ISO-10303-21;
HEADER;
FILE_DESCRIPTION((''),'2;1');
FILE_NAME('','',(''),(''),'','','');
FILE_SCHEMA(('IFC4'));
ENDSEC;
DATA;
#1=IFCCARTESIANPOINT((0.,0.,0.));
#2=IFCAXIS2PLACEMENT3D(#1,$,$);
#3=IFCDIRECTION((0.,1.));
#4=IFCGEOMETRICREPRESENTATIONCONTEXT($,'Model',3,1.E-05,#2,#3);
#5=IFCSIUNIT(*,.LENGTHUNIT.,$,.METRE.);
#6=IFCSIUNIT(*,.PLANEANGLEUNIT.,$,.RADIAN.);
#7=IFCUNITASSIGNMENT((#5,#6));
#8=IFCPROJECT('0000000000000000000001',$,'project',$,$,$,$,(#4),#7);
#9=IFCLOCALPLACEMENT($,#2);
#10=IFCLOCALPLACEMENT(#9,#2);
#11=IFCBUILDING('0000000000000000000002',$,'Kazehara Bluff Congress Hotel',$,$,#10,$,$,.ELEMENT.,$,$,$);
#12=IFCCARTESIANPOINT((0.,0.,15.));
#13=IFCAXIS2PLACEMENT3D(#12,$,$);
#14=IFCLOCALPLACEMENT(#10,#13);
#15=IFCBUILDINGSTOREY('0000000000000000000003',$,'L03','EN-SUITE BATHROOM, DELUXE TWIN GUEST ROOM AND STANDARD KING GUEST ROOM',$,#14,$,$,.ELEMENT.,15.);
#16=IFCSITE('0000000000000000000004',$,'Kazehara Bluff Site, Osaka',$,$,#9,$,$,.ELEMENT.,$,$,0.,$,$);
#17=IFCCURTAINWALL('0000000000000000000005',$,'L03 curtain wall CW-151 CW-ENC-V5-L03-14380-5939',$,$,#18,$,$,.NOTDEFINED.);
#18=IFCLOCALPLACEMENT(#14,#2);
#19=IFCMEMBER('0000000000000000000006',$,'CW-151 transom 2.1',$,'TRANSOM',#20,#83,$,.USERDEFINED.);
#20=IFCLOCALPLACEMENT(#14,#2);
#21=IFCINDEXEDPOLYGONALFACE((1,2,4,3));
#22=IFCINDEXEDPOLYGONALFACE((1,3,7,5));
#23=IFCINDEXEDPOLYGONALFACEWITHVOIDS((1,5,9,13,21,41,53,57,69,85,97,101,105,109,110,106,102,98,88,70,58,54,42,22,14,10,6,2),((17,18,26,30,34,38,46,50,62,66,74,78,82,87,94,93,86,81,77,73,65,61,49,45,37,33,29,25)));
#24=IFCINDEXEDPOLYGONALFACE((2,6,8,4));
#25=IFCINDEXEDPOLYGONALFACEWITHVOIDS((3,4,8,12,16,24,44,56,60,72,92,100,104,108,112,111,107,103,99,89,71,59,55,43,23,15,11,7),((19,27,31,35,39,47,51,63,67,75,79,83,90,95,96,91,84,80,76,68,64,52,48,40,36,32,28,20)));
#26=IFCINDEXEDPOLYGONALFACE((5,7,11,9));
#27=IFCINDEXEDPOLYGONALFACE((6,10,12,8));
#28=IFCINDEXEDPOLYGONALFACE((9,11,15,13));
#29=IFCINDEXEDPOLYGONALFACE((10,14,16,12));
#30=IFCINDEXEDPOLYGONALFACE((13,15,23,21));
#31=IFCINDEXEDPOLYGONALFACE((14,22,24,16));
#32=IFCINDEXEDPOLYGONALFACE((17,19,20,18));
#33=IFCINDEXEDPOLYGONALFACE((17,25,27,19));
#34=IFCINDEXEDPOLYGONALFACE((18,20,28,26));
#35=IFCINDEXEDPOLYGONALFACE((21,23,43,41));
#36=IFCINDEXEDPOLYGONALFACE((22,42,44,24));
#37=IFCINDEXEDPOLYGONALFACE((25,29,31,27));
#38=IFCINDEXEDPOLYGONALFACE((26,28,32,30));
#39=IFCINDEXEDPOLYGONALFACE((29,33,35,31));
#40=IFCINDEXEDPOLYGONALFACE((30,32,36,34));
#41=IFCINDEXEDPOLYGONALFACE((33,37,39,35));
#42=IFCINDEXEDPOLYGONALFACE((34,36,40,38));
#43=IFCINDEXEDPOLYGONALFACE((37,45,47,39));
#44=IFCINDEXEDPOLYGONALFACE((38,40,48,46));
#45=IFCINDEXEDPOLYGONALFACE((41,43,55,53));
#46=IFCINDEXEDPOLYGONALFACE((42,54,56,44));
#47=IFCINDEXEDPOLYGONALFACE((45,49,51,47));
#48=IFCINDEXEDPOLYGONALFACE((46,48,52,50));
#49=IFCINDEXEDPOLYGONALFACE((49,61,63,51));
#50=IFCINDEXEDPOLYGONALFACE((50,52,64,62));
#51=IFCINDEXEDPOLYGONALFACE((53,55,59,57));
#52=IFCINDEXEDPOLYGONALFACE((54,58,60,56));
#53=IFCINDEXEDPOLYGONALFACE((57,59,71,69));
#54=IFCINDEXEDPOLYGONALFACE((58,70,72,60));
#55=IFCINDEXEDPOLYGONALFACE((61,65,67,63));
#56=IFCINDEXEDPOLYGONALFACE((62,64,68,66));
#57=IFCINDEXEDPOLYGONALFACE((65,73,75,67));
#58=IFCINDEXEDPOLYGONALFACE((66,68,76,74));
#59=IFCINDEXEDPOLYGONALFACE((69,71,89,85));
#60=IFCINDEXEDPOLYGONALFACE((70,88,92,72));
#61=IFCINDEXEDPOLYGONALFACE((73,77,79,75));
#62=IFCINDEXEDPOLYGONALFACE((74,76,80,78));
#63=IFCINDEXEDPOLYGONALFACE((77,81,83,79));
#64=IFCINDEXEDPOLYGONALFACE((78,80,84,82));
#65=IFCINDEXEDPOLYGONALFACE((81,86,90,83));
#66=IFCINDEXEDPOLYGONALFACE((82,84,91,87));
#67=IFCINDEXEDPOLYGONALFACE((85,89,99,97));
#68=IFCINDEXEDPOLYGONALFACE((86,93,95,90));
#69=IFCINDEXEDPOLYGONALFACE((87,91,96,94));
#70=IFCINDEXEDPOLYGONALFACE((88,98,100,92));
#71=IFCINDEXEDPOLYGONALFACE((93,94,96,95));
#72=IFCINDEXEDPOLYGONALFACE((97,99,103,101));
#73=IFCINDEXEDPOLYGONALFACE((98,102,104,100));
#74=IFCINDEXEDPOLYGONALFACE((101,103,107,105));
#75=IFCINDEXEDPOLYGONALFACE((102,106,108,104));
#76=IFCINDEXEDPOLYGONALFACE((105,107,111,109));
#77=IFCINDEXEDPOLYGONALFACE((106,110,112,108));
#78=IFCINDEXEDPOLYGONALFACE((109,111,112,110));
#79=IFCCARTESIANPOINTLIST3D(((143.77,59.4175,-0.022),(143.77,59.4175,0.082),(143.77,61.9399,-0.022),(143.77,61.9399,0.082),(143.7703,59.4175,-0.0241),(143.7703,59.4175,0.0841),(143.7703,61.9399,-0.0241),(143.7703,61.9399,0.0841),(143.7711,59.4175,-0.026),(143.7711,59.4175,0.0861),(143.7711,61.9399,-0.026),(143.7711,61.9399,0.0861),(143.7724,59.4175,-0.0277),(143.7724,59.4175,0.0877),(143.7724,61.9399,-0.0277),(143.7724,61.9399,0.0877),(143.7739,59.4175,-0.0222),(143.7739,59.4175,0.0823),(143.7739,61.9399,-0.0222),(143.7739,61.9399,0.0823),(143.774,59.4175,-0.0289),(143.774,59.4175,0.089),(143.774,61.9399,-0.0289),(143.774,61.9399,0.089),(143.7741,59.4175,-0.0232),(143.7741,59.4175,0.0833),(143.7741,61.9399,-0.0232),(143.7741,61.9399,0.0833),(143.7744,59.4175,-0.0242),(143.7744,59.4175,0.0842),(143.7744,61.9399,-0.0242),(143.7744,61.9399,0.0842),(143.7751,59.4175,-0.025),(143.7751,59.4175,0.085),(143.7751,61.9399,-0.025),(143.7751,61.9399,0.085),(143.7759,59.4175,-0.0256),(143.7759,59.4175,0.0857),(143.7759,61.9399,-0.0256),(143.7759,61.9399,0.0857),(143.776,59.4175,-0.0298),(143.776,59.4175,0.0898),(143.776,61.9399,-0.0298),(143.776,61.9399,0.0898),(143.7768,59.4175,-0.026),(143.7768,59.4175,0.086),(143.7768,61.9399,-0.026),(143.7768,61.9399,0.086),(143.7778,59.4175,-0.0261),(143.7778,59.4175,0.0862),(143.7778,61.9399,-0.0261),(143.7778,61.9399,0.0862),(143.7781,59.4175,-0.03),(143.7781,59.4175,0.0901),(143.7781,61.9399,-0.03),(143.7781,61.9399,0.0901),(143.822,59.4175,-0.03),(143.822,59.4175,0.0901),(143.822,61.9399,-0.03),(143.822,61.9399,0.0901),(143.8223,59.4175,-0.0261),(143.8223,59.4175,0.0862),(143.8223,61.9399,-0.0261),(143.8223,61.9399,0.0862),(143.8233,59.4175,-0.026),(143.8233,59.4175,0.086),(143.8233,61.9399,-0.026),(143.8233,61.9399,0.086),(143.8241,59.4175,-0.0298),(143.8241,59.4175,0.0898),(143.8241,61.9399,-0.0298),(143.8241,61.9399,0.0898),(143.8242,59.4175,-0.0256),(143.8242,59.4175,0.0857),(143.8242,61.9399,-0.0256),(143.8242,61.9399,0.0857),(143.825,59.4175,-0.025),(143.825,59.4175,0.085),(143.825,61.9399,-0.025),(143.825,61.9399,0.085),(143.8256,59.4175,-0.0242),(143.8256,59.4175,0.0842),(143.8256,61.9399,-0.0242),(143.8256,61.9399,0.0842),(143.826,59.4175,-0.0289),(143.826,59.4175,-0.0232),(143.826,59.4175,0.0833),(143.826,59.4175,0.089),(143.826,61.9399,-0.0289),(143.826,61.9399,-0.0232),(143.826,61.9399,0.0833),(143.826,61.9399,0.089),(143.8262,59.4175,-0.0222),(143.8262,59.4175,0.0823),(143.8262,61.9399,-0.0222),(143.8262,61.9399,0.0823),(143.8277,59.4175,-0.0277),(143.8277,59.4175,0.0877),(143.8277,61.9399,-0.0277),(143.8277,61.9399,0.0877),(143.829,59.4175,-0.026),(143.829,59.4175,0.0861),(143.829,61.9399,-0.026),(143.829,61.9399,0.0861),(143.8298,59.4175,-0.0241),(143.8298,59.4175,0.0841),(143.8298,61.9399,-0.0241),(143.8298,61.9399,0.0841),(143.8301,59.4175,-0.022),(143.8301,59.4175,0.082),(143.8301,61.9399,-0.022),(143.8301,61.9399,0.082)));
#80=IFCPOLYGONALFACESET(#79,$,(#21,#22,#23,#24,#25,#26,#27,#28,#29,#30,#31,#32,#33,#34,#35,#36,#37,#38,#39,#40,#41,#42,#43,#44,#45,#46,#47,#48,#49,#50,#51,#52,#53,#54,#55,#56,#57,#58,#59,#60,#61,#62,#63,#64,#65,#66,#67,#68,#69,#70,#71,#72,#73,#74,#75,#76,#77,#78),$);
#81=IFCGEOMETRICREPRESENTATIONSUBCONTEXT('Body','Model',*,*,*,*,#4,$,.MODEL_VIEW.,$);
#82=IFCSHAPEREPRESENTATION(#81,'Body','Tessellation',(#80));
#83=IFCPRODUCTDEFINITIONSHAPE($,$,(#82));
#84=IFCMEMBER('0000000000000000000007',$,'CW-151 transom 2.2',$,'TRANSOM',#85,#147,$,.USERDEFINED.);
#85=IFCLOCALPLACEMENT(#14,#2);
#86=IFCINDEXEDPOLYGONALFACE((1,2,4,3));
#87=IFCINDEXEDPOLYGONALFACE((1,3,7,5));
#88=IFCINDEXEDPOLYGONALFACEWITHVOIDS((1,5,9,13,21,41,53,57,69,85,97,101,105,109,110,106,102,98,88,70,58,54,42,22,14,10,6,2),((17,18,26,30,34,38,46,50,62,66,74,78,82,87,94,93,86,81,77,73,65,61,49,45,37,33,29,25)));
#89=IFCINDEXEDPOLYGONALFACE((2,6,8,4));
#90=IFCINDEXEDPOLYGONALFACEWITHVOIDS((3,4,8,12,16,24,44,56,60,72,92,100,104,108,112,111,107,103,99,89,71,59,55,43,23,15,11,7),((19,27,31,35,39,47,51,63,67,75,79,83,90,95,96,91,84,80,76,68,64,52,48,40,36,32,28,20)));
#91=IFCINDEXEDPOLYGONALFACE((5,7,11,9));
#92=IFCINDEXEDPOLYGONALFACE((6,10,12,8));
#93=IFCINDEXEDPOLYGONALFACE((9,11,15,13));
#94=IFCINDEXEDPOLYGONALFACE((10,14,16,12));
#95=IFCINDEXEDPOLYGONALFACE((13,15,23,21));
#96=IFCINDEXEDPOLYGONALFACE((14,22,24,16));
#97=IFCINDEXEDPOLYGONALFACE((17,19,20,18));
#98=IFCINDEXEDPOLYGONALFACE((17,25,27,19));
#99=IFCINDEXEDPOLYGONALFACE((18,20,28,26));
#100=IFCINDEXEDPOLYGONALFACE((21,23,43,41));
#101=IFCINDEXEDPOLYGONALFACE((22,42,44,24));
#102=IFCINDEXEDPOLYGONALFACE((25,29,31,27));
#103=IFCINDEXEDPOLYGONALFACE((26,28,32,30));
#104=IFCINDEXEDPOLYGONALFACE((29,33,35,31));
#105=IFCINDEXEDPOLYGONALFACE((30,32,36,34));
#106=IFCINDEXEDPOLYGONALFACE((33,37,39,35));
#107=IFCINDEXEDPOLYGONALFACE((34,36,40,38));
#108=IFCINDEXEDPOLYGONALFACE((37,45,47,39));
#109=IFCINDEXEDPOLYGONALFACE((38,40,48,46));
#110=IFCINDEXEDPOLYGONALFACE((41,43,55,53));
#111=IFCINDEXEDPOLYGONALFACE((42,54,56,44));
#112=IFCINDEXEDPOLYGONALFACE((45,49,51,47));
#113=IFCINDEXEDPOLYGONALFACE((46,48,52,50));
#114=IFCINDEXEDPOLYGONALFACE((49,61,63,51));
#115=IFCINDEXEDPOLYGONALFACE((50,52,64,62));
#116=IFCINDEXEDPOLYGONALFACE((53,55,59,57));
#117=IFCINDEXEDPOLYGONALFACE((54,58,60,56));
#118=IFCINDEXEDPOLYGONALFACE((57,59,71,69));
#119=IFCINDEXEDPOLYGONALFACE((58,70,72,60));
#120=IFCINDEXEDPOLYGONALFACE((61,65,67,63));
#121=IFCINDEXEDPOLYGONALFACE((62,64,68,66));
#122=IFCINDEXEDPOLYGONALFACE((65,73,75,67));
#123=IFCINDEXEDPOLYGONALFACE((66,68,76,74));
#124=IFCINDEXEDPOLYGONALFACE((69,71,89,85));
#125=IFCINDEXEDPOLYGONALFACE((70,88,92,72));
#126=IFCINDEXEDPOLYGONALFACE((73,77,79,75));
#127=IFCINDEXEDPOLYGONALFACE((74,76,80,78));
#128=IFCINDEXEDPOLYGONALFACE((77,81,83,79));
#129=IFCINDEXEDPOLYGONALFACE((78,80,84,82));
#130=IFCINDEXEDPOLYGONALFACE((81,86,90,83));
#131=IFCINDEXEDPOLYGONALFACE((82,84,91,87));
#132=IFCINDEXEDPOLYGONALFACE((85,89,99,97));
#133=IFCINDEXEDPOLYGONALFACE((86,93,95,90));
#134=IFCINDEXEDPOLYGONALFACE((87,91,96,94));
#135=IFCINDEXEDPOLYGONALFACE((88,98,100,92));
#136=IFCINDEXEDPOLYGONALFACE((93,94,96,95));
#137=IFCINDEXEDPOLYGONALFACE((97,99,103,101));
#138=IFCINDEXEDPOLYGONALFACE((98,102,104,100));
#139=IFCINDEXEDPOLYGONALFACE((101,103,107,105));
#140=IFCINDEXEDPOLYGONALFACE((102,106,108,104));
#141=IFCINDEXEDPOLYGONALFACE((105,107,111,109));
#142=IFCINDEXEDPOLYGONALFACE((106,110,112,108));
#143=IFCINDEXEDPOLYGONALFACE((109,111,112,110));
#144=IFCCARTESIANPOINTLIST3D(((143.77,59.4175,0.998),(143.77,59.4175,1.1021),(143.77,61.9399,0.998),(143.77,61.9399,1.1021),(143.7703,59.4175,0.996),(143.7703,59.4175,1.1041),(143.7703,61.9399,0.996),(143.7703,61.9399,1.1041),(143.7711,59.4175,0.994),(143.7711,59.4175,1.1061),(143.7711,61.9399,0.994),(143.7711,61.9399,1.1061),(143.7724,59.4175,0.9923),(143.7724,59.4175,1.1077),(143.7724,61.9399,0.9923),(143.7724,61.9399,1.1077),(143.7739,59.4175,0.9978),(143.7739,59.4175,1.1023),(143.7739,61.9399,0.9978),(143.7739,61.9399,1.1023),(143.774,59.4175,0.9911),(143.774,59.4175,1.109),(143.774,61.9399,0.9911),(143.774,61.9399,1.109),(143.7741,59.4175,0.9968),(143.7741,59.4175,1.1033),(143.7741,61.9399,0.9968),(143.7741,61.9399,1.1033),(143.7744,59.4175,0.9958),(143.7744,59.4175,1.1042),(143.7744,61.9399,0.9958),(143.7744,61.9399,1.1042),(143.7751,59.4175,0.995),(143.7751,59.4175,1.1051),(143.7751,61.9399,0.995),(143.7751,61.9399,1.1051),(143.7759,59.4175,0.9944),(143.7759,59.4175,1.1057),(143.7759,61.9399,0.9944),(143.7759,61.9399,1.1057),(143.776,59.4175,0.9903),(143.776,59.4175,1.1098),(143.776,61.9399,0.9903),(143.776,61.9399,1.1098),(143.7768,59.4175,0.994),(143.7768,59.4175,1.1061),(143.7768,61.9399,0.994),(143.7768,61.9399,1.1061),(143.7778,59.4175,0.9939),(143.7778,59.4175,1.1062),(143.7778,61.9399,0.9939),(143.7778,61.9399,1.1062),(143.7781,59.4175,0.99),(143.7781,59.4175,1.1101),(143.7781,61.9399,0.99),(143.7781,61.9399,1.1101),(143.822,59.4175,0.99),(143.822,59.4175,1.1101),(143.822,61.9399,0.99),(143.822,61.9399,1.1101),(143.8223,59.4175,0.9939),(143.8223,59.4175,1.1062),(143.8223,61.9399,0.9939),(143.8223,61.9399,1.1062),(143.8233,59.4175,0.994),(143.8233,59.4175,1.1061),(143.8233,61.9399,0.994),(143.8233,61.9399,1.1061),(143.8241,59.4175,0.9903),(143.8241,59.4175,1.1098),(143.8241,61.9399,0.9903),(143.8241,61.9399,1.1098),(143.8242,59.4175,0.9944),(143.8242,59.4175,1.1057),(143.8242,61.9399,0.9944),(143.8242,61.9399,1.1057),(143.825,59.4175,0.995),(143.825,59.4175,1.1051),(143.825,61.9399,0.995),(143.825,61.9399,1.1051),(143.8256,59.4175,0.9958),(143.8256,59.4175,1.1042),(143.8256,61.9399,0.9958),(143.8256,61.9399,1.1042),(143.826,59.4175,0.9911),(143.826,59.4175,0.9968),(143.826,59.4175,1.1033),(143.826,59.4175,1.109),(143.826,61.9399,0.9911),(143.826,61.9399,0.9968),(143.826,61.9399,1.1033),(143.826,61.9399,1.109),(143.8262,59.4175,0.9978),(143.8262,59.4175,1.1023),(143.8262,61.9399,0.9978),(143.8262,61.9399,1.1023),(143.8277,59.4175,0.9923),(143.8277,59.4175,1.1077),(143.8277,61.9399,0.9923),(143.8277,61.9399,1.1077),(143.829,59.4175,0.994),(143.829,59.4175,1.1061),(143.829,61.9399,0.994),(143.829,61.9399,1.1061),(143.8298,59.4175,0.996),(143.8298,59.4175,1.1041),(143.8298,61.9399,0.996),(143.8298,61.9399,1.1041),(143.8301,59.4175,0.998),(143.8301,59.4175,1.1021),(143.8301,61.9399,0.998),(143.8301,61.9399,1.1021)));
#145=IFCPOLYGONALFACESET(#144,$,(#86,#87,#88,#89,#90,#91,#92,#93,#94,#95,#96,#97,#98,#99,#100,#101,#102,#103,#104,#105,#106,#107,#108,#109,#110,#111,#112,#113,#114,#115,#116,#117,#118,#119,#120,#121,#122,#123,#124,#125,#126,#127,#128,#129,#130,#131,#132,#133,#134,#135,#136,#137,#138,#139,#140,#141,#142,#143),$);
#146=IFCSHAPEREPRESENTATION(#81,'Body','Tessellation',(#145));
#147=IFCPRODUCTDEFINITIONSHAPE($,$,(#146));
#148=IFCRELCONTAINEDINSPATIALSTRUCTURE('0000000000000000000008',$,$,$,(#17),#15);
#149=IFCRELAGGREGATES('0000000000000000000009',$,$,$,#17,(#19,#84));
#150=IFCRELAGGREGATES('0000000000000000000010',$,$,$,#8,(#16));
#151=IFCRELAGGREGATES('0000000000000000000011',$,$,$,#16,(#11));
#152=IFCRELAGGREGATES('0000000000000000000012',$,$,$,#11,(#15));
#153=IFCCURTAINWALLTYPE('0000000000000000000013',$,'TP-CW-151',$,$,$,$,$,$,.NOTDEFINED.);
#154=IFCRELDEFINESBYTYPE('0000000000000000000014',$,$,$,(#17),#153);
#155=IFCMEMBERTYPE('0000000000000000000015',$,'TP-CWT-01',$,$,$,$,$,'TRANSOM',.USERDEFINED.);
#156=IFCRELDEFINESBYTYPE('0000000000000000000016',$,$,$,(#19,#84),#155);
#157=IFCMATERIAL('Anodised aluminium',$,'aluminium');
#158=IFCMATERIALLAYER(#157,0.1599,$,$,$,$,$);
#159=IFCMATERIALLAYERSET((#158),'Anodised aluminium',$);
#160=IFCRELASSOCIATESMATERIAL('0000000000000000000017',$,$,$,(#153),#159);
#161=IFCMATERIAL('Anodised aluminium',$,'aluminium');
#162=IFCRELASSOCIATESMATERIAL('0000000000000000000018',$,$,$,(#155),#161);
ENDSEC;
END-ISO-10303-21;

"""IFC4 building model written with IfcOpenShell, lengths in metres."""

from ifc_helpers import new_model, si_unit, direction, frame, origin, origin_2d, place, context, subcontext, project, spatial, hollow_rectangle, extrude, material, layer, layer_set, material_profile, profile_set, type_object, element, aggregate, save


model = new_model("IFC4")

# Units and contexts
model_context = context("Model", 3, precision=1e-05, world=origin(), true_north=direction((0.0, 1.0)))
body_context = subcontext(model_context, "Body", "Model", "MODEL_VIEW")
ifc_project = project(units=[si_unit("LENGTHUNIT", "METRE"), si_unit("PLANEANGLEUNIT", "RADIAN")], contexts=[model_context])

# Site, building, storey
site_placement = place(None, origin())
site = spatial("IfcSite", under=ifc_project, at=site_placement, Name="Kazehara Bluff Site, Osaka", CompositionType="ELEMENT", RefElevation=0.0)
building_placement = place(site_placement, origin())
building = spatial("IfcBuilding", under=site, at=building_placement, Name="Kazehara Bluff Congress Hotel", CompositionType="ELEMENT")
storey_placement = place(building_placement, frame((0.0, 0.0, 15.0)))
storey = spatial("IfcBuildingStorey", under=building, at=storey_placement, Name="L03", Description="EN-SUITE BATHROOM, DELUXE TWIN GUEST ROOM AND STANDARD KING GUEST ROOM", CompositionType="ELEMENT", Elevation=15.0)

# Curtain wall, members
ifc_material_1 = material(Name="Anodised aluminium", Category="aluminium")
ifc_layer_1 = layer(ifc_material_1, 0.1599)
ifc_layer_set_1 = layer_set([ifc_layer_1], Name="Anodised aluminium")
curtain_wall_type = type_object("IfcCurtainWallType", Name="TP-CW-151", PredefinedType="NOTDEFINED", material=ifc_layer_set_1)
curtain_wall_placement = place(storey_placement, origin())
curtain_wall = element("IfcCurtainWall", 1, at=curtain_wall_placement, inside=storey, type_object=curtain_wall_type, Name="L03 curtain wall CW-151 CW-ENC-V5-L03-14380-5939", PredefinedType="NOTDEFINED")
ifc_material_2 = material(Name="Anodised aluminium", Category="aluminium")
ifc_material_profile_1 = material_profile(ifc_material_2, hollow_rectangle(XDim=0.0601, YDim=0.1201, WallThickness=0.0039, InnerFilletRadius=0.0039, OuterFilletRadius=0.0081, at=origin_2d()))
ifc_profile_set_1 = profile_set([ifc_material_profile_1], Name="Anodised aluminium")
member_type_1 = type_object("IfcMemberType", Name="TP-CWT-01", ElementType="TRANSOM", PredefinedType="USERDEFINED", material=ifc_profile_set_1)
member_1_placement = place(storey_placement, frame((143.8, 59.4175, 0.03), z_axis=(0.0, 1.0, 0.0), x_axis=(-1.0, 0.0, 0.0)))
member_1 = element("IfcMember", 2, at=member_1_placement, type_object=member_type_1, Name="CW-151 transom 2.1", ObjectType="TRANSOM", PredefinedType="USERDEFINED", context=body_context, shape_type="SweptSolid", body=[
    extrude(hollow_rectangle(XDim=0.0601, YDim=0.1201, WallThickness=0.0039, InnerFilletRadius=0.0039, OuterFilletRadius=0.0081, at=origin_2d()), origin(), (0.0, 0.0, 1.0), 2.5225),
])
member_2_placement = place(storey_placement, frame((143.8, 59.4175, 1.05), z_axis=(0.0, 1.0, 0.0), x_axis=(-1.0, 0.0, 0.0)))
member_2 = element("IfcMember", 3, at=member_2_placement, type_object=member_type_1, Name="CW-151 transom 2.2", ObjectType="TRANSOM", PredefinedType="USERDEFINED", context=body_context, shape_type="SweptSolid", body=[
    extrude(hollow_rectangle(XDim=0.0601, YDim=0.1201, WallThickness=0.0039, InnerFilletRadius=0.0039, OuterFilletRadius=0.0081, at=origin_2d()), origin(), (0.0, 0.0, 1.0), 2.5225),
])
aggregate(curtain_wall, [member_1, member_2])

save(model, "model.ifc")
